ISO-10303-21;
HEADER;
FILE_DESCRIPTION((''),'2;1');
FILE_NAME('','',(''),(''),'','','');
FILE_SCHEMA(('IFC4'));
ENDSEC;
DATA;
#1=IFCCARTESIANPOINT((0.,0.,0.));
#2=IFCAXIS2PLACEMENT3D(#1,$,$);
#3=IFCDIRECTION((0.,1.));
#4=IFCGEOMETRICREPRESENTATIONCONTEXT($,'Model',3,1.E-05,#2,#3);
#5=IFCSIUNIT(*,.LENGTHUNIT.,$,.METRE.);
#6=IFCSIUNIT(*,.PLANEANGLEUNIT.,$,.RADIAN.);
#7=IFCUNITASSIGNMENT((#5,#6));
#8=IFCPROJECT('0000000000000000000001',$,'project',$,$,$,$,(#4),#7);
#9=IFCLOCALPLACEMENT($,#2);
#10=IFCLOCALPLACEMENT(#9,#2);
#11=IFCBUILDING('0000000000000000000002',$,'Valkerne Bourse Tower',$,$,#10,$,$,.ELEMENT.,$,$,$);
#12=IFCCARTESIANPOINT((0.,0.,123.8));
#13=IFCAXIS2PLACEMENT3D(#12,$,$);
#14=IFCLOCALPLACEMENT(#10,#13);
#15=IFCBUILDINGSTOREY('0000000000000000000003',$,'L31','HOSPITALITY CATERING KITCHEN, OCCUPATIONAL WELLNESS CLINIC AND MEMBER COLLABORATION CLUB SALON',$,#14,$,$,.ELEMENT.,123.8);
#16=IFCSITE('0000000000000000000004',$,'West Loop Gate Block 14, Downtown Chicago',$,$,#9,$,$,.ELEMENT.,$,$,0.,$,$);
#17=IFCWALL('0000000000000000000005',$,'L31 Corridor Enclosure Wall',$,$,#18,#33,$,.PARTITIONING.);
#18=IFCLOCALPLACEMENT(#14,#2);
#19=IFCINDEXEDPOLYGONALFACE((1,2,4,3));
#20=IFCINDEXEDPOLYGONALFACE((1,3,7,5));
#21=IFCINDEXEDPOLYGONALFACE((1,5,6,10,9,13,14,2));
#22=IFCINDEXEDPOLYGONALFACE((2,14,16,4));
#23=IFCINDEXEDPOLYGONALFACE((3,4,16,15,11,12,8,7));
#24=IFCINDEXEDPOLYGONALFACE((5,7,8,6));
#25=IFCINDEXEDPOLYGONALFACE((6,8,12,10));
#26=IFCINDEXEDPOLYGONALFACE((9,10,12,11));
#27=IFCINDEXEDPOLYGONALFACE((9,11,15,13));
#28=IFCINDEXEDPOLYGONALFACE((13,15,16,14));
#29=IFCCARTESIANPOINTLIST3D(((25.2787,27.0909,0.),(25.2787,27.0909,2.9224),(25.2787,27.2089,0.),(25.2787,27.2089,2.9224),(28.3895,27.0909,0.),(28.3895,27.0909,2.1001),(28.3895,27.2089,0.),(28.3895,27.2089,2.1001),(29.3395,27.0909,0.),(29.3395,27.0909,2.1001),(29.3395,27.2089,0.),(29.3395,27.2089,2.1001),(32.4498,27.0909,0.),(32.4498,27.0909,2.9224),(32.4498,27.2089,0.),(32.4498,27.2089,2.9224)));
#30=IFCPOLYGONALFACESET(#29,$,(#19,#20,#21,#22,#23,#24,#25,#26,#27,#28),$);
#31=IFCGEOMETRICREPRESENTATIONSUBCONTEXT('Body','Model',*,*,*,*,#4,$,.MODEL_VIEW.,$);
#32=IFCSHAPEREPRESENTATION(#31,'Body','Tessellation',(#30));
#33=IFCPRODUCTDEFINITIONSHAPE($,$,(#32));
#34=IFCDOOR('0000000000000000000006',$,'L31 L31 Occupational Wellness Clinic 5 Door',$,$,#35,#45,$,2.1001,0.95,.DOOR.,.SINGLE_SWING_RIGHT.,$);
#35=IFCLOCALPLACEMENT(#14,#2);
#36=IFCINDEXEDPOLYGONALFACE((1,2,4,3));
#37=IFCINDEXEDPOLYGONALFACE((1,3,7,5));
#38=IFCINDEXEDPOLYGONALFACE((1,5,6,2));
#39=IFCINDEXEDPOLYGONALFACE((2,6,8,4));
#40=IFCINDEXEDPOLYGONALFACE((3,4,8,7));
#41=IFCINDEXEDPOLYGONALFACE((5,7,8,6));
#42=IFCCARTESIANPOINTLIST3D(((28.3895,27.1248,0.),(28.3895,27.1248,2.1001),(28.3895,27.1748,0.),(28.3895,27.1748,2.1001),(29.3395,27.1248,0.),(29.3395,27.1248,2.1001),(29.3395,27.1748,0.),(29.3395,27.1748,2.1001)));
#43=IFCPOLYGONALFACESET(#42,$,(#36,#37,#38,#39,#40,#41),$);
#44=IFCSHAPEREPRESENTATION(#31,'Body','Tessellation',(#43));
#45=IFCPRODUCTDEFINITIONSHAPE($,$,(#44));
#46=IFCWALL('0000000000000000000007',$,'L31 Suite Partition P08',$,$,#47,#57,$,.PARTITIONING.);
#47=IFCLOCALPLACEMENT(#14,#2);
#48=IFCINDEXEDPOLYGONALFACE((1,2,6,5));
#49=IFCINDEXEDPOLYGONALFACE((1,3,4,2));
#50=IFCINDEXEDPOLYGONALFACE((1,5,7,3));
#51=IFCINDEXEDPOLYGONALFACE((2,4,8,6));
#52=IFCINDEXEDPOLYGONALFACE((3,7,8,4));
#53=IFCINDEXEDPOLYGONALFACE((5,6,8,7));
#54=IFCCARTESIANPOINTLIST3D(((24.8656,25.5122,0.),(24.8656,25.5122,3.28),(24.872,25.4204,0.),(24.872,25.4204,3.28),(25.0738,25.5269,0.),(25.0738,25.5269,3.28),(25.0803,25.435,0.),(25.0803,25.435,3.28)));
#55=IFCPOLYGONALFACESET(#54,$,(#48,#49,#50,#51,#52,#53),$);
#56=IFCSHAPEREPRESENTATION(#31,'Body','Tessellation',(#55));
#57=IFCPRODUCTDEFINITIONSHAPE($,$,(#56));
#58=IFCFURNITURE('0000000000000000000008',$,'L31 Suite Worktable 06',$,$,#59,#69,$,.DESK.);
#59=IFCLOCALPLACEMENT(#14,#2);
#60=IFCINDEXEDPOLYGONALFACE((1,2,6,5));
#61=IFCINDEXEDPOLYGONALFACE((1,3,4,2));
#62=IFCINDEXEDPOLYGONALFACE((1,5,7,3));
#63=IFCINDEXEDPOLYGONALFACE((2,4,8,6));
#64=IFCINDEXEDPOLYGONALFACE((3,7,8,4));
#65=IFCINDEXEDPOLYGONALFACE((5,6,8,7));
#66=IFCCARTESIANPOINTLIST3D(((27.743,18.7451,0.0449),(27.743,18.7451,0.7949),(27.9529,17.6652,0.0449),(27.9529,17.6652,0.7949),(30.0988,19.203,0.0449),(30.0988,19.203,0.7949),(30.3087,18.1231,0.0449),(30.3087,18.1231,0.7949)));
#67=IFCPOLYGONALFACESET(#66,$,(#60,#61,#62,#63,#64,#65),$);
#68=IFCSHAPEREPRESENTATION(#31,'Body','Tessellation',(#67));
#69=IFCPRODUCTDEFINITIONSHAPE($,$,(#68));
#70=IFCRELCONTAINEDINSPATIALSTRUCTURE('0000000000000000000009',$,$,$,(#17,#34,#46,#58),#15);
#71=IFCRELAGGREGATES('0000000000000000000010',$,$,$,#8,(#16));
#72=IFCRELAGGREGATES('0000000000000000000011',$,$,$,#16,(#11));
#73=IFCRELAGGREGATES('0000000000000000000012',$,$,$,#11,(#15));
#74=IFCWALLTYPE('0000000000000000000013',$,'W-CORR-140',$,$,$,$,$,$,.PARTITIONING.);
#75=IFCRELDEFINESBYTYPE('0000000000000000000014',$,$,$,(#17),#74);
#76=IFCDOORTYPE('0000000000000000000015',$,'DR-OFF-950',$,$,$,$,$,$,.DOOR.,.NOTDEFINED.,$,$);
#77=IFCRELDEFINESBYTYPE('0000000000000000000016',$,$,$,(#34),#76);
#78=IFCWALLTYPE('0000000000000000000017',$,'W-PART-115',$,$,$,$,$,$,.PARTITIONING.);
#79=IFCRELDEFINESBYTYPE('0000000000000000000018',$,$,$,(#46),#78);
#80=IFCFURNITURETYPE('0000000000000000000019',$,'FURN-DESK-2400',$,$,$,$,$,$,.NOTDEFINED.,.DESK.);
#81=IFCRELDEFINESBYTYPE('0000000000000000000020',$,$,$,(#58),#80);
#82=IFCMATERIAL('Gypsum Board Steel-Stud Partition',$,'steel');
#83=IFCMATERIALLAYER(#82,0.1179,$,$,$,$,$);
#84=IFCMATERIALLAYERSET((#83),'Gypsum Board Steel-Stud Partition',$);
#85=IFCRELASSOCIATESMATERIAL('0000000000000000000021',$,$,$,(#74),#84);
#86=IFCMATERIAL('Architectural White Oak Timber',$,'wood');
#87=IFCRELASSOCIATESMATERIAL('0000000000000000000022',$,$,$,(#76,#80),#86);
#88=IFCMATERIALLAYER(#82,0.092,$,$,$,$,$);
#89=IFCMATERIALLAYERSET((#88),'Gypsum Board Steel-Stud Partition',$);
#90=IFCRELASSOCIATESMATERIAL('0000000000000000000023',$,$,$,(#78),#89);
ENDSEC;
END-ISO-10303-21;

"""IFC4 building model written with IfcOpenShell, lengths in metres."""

from ifc_helpers import new_model, si_unit, direction, frame, frame_2d, origin, origin_2d, place, context, subcontext, project, spatial, rectangle, extrude, material, layer, layer_set, type_object, element, fill, save


model = new_model("IFC4")

# Units and contexts
model_context = context("Model", 3, precision=1e-05, world=origin(), true_north=direction((0.0, 1.0)))
body_context = subcontext(model_context, "Body", "Model", "MODEL_VIEW")
ifc_project = project(units=[si_unit("LENGTHUNIT", "METRE"), si_unit("PLANEANGLEUNIT", "RADIAN")], contexts=[model_context])

# Site, building, storey
site_placement = place(None, origin())
site = spatial("IfcSite", under=ifc_project, at=site_placement, Name="West Loop Gate Block 14, Downtown Chicago", CompositionType="ELEMENT", RefElevation=0.0)
building_placement = place(site_placement, origin())
building = spatial("IfcBuilding", under=site, at=building_placement, Name="Valkerne Bourse Tower", CompositionType="ELEMENT")
storey_placement = place(building_placement, frame((0.0, 0.0, 123.8)))
storey = spatial("IfcBuildingStorey", under=building, at=storey_placement, Name="L31", Description="HOSPITALITY CATERING KITCHEN, OCCUPATIONAL WELLNESS CLINIC AND MEMBER COLLABORATION CLUB SALON", CompositionType="ELEMENT", Elevation=123.8)

# Shared definitions
ifc_material_1 = material(Name="Gypsum Board Steel-Stud Partition", Category="steel")
ifc_layer_1 = layer(ifc_material_1, 0.1179)
ifc_layer_set_1 = layer_set([ifc_layer_1], Name="Gypsum Board Steel-Stud Partition")
wall_type_1 = type_object("IfcWallType", Name="W-CORR-140", PredefinedType="PARTITIONING", material=ifc_layer_set_1)

# Shared definitions
ifc_material_2 = material(Name="Architectural White Oak Timber", Category="wood")
door_type = type_object("IfcDoorType", Name="DR-OFF-950", OperationType="NOTDEFINED", PredefinedType="DOOR", material=ifc_material_2)

# Wall, opening, door
wall_1_placement = place(storey_placement, frame((25.2788, 27.1499, 0.0), z_axis=(0.0, 0.0, 1.0), x_axis=(1.0, 0.0, 0.0)))
wall_1 = element("IfcWall", 1, at=wall_1_placement, inside=storey, type_object=wall_type_1, Name="L31 Corridor Enclosure Wall", PredefinedType="PARTITIONING", context=body_context, shape_type="SweptSolid", body=[
    extrude(rectangle(XDim=7.1711, YDim=0.1179, at=frame_2d((3.5854, 0.0))), origin(), (0.0, 0.0, 1.0), 2.9224),
])
opening_1_placement = place(wall_1_placement, frame((3.1106, 0.0, 0.0)))
opening_1 = element("IfcOpeningElement", 2, at=opening_1_placement, cuts=wall_1, PredefinedType="OPENING", context=body_context, shape_type="SweptSolid", body=[
    extrude(rectangle(XDim=0.95, YDim=2.1001, at=frame_2d((0.4751, 1.05))), frame((0.0, 0.0688, 0.0), z_axis=(0.0, -1.0, 0.0), x_axis=(1.0, 0.0, 0.0)), (0.0, 0.0, 1.0), 0.1379),
])
door_1_placement = place(opening_1_placement, origin())
door_1 = element("IfcDoor", 3, at=door_1_placement, inside=storey, type_object=door_type, Name="L31 L31 Occupational Wellness Clinic 5 Door", OperationType="SINGLE_SWING_RIGHT", OverallHeight=2.1001, OverallWidth=0.95, PredefinedType="DOOR", context=body_context, shape_type="SweptSolid", body=[
    extrude(rectangle(XDim=0.95, YDim=2.1001, at=frame_2d((0.4751, 1.05))), frame((0.0, 0.0249, 0.0), z_axis=(0.0, -1.0, 0.0), x_axis=(1.0, 0.0, 0.0)), (0.0, 0.0, 1.0), 0.05),
])
fill(opening_1, door_1)

# Wall
ifc_layer_2 = layer(ifc_material_1, 0.092)
ifc_layer_set_2 = layer_set([ifc_layer_2], Name="Gypsum Board Steel-Stud Partition")
wall_type_2 = type_object("IfcWallType", Name="W-PART-115", PredefinedType="PARTITIONING", material=ifc_layer_set_2)
wall_2_placement = place(storey_placement, frame((25.0771, 25.481, 0.0), z_axis=(0.0, 0.0, 1.0), x_axis=(-0.997535, -0.070167, 0.0)))
element("IfcWall", 4, at=wall_2_placement, inside=storey, type_object=wall_type_2, Name="L31 Suite Partition P08", PredefinedType="PARTITIONING", context=body_context, shape_type="SweptSolid", body=[
    extrude(rectangle(XDim=0.2087, YDim=0.092, at=frame_2d((0.1045, 0.0))), origin(), (0.0, 0.0, 1.0), 3.28),
])

# Furniture
furniture_type = type_object("IfcFurnitureType", Name="FURN-DESK-2400", AssemblyPlace="NOTDEFINED", PredefinedType="DESK", material=ifc_material_2)
furniture_placement = place(storey_placement, frame((29.0259, 18.4341, 0.0449), z_axis=(0.0, 0.0, 1.0), x_axis=(0.981627, 0.190809, 0.0)))
element("IfcFurniture", 5, at=furniture_placement, inside=storey, type_object=furniture_type, Name="L31 Suite Worktable 06", PredefinedType="DESK", context=body_context, shape_type="SweptSolid", body=[
    extrude(rectangle(XDim=2.3999, YDim=1.1001, at=origin_2d()), origin(), (0.0, 0.0, 1.0), 0.75),
])

save(model, "model.ifc")
